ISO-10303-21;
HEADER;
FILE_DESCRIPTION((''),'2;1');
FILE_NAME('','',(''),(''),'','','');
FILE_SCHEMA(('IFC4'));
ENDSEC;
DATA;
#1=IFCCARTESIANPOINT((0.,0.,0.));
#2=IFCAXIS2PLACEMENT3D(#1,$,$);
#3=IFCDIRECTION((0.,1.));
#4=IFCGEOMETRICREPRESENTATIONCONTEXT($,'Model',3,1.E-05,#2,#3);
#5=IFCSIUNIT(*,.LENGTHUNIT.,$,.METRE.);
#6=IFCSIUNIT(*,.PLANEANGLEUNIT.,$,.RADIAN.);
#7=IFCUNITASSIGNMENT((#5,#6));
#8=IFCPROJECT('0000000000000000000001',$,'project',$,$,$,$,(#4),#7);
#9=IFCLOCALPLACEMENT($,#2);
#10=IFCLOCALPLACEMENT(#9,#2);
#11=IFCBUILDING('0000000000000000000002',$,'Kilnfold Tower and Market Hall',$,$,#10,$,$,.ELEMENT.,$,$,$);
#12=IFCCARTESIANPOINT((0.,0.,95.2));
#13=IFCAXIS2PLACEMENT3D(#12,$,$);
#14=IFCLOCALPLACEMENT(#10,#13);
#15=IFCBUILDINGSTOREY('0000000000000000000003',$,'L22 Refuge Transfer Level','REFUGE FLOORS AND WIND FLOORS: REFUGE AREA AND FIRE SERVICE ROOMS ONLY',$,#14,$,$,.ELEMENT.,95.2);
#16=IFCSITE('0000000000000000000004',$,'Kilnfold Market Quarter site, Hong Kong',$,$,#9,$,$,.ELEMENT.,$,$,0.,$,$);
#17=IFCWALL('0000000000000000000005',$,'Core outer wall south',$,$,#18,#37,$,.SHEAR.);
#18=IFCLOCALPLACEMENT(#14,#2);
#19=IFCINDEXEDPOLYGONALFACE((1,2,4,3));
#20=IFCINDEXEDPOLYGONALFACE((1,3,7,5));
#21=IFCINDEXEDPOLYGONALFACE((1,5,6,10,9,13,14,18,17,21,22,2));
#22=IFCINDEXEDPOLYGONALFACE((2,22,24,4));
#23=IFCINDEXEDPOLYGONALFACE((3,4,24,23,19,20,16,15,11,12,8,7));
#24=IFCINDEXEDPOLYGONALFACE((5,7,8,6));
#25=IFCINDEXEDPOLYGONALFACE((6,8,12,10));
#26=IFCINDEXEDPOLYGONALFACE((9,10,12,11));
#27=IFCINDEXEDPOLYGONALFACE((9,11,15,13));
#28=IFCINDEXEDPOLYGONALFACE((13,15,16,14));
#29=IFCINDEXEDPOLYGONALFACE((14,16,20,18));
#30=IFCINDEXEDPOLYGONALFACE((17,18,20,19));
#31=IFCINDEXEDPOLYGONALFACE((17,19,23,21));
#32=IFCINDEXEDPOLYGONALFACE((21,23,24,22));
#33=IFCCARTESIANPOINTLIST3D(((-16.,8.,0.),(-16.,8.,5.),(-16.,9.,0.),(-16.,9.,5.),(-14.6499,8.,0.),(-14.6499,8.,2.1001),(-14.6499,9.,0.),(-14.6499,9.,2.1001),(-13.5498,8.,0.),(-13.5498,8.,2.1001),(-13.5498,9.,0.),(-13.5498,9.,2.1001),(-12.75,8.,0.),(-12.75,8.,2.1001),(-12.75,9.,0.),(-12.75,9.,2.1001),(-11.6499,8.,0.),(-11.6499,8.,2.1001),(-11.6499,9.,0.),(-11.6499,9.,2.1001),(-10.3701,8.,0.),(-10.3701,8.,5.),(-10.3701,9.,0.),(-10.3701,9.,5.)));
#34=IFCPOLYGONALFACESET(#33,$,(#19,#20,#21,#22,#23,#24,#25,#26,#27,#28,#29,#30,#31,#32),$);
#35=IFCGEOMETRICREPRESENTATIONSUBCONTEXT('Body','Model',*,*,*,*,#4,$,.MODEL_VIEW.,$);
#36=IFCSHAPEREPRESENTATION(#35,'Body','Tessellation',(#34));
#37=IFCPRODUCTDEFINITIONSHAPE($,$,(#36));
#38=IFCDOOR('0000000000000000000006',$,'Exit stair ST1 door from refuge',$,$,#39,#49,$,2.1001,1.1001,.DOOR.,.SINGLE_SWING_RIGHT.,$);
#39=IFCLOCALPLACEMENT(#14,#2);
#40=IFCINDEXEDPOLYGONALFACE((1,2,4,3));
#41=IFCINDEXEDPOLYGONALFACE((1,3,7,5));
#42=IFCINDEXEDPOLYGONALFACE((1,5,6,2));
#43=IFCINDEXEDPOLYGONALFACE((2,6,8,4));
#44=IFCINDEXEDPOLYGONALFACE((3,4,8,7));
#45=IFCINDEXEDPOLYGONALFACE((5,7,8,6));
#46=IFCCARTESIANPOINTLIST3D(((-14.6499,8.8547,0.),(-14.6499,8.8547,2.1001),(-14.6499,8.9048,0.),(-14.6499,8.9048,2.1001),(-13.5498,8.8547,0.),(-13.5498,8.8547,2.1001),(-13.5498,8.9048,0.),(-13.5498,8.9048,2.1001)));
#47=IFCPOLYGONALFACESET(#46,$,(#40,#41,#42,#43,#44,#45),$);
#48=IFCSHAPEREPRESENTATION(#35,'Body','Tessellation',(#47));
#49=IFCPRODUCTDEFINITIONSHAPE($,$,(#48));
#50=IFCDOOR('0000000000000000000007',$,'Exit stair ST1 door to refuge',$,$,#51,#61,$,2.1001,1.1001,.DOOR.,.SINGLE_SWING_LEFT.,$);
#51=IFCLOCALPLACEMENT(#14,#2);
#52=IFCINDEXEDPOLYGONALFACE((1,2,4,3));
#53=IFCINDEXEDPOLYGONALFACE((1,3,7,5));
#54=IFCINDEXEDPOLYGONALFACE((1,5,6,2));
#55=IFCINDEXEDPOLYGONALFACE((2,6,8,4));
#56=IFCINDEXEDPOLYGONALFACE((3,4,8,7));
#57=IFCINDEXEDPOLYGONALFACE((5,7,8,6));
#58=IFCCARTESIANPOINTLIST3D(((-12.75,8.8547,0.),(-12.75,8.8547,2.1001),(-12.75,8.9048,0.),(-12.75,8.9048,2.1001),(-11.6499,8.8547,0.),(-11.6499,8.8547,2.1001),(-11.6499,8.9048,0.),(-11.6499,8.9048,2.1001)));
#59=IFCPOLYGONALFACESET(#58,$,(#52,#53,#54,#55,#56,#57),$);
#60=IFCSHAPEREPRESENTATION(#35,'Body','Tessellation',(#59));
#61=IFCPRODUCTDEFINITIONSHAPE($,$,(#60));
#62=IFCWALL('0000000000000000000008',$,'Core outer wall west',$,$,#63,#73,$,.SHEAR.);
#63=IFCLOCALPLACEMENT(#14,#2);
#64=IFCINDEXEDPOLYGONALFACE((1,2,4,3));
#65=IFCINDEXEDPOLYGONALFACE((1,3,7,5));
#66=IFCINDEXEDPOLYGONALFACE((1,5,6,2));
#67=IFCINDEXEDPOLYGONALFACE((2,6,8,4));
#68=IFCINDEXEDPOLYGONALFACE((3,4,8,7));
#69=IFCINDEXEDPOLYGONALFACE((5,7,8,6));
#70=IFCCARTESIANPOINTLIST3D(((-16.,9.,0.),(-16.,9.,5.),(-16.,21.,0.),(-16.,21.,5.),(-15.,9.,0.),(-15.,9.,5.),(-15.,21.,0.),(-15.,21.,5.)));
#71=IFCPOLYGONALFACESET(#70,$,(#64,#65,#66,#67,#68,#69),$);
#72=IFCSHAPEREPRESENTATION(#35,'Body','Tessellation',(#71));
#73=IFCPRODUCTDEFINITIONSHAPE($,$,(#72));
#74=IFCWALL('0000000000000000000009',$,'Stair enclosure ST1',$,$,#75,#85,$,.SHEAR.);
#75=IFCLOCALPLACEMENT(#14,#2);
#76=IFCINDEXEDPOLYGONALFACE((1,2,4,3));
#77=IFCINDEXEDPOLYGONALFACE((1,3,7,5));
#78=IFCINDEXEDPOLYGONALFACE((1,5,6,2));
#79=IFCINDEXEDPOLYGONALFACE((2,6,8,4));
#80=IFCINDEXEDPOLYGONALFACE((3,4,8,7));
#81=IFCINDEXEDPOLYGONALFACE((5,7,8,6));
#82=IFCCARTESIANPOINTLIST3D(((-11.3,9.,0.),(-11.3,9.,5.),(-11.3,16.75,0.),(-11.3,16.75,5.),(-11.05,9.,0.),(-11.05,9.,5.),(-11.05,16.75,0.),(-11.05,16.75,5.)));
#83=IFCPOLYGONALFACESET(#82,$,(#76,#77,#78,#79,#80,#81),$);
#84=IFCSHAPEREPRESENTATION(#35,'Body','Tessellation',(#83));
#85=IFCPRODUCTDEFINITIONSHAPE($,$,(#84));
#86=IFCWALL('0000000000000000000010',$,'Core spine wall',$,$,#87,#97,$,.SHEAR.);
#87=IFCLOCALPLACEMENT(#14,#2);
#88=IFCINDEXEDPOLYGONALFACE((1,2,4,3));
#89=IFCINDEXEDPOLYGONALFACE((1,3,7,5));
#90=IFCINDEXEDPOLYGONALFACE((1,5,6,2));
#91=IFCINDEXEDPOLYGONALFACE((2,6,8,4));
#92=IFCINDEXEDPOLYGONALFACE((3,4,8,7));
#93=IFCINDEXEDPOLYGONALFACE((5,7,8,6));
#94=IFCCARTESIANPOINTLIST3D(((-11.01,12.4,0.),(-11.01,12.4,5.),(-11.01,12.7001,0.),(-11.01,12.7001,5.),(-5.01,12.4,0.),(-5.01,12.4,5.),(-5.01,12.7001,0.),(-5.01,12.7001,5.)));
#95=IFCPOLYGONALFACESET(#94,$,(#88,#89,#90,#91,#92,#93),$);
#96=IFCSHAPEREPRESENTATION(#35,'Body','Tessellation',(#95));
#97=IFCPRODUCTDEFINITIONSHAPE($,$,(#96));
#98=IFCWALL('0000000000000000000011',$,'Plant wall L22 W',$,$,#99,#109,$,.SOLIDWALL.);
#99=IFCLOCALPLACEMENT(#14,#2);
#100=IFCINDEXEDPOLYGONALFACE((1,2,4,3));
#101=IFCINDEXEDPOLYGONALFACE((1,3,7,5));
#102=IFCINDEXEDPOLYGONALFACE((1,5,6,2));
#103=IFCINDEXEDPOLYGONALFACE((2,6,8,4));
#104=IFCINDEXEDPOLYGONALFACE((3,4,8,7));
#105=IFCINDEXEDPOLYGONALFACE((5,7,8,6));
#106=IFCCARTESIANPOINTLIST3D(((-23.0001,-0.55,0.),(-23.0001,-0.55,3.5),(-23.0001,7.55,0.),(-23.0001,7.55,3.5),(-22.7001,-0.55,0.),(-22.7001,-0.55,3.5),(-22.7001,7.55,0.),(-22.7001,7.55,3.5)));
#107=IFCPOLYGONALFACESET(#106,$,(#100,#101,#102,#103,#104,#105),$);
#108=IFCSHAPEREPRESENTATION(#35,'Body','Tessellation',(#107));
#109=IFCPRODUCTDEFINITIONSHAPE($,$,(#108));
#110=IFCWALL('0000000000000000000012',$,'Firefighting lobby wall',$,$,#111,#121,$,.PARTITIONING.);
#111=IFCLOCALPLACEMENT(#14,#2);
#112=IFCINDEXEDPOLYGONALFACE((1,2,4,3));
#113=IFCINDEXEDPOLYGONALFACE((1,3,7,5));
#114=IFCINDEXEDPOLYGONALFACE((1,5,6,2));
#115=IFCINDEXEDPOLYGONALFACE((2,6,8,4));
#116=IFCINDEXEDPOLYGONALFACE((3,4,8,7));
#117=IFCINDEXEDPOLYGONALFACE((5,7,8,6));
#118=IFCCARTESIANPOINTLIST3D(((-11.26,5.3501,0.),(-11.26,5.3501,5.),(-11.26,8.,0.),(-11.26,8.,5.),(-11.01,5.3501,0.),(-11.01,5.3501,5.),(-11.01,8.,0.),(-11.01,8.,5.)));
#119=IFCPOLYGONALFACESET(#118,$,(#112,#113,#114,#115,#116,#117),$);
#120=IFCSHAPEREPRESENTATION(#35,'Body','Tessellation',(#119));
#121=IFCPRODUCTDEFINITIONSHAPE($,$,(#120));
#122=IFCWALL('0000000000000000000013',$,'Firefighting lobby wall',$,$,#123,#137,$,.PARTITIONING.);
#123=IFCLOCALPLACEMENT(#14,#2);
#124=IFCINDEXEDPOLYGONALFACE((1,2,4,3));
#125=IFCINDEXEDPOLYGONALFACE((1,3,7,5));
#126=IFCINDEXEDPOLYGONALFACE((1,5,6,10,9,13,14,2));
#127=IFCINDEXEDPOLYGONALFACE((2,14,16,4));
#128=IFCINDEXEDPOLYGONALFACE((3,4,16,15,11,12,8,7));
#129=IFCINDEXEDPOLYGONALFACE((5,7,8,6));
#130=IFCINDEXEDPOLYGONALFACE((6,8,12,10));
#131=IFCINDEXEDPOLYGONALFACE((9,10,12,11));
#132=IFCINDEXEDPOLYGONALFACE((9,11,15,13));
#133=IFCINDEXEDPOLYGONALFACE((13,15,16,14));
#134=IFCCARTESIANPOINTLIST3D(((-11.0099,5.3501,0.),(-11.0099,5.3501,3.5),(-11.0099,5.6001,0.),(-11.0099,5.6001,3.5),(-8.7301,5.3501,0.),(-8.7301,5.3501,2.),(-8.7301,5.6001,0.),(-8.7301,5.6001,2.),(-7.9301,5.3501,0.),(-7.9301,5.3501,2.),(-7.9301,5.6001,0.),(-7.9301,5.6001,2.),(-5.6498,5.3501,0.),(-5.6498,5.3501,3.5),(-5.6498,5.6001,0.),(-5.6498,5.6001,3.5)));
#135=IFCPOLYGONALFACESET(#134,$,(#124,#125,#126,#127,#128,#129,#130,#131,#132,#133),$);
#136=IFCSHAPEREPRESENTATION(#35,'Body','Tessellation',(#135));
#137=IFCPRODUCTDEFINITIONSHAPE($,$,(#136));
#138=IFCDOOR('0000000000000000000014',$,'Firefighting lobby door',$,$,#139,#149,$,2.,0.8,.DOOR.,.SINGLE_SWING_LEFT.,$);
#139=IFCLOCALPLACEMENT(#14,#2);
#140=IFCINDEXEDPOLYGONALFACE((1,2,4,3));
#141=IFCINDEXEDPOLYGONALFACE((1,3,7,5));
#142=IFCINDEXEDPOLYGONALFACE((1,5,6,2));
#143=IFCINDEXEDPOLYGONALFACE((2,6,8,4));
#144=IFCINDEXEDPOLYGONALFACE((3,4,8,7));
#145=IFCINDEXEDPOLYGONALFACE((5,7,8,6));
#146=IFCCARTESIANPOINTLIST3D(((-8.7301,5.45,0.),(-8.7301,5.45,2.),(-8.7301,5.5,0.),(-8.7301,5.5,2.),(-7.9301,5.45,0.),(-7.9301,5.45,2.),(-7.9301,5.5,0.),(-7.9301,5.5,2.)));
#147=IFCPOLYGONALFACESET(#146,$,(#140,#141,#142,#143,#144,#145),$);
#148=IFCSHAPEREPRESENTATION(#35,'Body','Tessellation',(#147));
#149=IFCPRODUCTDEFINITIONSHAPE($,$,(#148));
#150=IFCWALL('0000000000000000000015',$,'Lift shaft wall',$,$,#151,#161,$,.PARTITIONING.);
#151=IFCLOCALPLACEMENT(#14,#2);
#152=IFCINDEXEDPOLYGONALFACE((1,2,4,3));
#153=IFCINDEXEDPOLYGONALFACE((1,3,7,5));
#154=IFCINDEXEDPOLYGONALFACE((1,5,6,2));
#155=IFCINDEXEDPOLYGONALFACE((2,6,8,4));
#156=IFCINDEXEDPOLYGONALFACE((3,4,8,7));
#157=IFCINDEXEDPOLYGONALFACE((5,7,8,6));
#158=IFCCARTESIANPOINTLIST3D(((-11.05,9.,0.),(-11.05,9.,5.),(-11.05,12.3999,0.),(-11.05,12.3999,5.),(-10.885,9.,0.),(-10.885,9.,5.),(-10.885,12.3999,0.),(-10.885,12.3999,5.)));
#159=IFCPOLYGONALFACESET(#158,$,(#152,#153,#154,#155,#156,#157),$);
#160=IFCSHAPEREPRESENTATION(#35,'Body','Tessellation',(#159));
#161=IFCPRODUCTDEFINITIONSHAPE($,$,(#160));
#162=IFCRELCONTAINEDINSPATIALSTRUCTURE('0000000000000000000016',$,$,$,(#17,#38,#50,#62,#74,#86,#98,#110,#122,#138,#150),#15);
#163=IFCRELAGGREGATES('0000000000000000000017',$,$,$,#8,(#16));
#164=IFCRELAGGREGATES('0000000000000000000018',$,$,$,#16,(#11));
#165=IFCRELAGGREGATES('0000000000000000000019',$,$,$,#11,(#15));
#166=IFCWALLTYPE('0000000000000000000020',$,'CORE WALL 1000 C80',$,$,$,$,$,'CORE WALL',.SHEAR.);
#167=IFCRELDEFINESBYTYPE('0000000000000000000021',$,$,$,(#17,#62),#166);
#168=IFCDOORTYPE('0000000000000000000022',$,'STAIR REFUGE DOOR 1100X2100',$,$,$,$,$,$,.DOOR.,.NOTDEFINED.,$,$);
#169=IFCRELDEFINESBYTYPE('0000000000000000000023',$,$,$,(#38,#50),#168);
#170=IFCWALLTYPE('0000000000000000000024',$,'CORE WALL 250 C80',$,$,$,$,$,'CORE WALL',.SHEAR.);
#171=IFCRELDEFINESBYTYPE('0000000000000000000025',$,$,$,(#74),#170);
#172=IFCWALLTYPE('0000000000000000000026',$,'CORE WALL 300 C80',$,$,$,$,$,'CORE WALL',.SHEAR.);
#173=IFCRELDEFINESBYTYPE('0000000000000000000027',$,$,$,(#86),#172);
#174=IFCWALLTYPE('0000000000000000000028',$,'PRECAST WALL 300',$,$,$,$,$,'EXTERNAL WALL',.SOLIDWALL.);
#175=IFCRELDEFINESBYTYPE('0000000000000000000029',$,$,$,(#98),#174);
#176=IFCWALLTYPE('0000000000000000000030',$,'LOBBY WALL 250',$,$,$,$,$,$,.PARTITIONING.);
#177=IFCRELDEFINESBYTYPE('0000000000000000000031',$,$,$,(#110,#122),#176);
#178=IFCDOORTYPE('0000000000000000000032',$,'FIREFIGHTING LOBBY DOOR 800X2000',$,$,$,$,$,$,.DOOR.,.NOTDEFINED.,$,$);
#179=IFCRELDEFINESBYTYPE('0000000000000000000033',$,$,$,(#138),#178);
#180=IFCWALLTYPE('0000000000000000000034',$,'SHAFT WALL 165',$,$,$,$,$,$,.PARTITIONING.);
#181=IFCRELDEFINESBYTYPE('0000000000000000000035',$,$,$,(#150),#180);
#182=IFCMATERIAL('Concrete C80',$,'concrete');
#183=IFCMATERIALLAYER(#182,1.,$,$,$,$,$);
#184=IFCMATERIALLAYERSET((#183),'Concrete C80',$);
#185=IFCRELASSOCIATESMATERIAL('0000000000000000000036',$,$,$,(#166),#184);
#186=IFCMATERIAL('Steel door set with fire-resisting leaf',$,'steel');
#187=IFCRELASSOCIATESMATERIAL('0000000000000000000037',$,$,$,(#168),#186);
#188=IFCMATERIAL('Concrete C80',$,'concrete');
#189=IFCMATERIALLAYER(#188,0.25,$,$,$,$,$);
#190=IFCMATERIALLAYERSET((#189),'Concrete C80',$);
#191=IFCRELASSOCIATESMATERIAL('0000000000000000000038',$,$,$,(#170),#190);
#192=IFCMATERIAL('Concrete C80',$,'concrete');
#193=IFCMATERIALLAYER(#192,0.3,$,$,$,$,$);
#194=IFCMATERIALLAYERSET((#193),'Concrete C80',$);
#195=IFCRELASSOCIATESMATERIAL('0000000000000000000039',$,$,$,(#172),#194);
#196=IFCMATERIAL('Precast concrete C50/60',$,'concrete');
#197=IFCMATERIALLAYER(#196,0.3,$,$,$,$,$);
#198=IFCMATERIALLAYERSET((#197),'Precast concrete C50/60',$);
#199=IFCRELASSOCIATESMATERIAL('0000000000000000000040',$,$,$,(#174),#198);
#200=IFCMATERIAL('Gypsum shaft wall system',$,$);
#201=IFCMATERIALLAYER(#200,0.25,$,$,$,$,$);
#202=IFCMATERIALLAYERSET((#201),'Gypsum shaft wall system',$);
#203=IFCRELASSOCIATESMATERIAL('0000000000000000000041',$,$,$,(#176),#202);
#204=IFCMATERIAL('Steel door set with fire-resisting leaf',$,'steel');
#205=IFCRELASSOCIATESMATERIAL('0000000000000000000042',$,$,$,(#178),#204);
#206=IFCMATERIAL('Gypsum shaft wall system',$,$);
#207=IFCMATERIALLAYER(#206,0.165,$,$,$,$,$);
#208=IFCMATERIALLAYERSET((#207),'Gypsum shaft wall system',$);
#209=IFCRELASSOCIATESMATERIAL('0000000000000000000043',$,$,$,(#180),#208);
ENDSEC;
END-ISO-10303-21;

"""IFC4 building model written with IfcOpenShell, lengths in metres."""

from ifc_helpers import new_model, si_unit, direction, frame, frame_2d, origin, place, context, subcontext, project, spatial, rectangle, extrude, source, transform, mapped, material, layer, layer_set, type_object, element, fill, save


model = new_model("IFC4")

# Units and contexts
model_context = context("Model", 3, precision=1e-05, world=origin(), true_north=direction((0.0, 1.0)))
body_context = subcontext(model_context, "Body", "Model", "MODEL_VIEW")
ifc_project = project(units=[si_unit("LENGTHUNIT", "METRE"), si_unit("PLANEANGLEUNIT", "RADIAN")], contexts=[model_context])

# Site, building, storey
site_placement = place(None, origin())
site = spatial("IfcSite", under=ifc_project, at=site_placement, Name="Kilnfold Market Quarter site, Hong Kong", CompositionType="ELEMENT", RefElevation=0.0)
building_placement = place(site_placement, origin())
building = spatial("IfcBuilding", under=site, at=building_placement, Name="Kilnfold Tower and Market Hall", CompositionType="ELEMENT")
storey_placement = place(building_placement, frame((0.0, 0.0, 95.2)))
storey = spatial("IfcBuildingStorey", under=building, at=storey_placement, Name="L22 Refuge Transfer Level", Description="REFUGE FLOORS AND WIND FLOORS: REFUGE AREA AND FIRE SERVICE ROOMS ONLY", CompositionType="ELEMENT", Elevation=95.2)

# Wall, openings, doors
ifc_material_1 = material(Name="Concrete C80", Category="concrete")
ifc_layer_1 = layer(ifc_material_1, 1.0)
ifc_layer_set_1 = layer_set([ifc_layer_1], Name="Concrete C80")
wall_type_1 = type_object("IfcWallType", Name="CORE WALL 1000 C80", ElementType="CORE WALL", PredefinedType="SHEAR", material=ifc_layer_set_1)
shared_shape_1 = source(origin(), body_context, "Body", "SweptSolid", [
    extrude(rectangle(XDim=5.6299, YDim=1.0, at=frame_2d((2.8149, 0.0))), origin(), (0.0, 0.0, 1.0), 5.0),
])
wall_1_placement = place(storey_placement, frame((-16.0, 8.5, 0.0), z_axis=(0.0, 0.0, 1.0), x_axis=(1.0, 0.0, 0.0)))
wall_1 = element("IfcWall", 1, at=wall_1_placement, inside=storey, type_object=wall_type_1, Name="Core outer wall south", PredefinedType="SHEAR", context=body_context, shape_type="MappedRepresentation", body=[
    mapped(shared_shape_1, transform((0.0, 0.0, 0.0))),
])
opening_1_placement = place(wall_1_placement, frame((1.3501, 0.0, 0.0)))
opening_1 = element("IfcOpeningElement", 2, at=opening_1_placement, cuts=wall_1, PredefinedType="OPENING", context=body_context, shape_type="SweptSolid", body=[
    extrude(rectangle(XDim=1.1001, YDim=2.1001, at=frame_2d((0.55, 1.05))), frame((0.0, 0.51, 0.0), z_axis=(0.0, -1.0, 0.0), x_axis=(1.0, 0.0, 0.0)), (0.0, 0.0, 1.0), 1.02),
])
opening_2_placement = place(wall_1_placement, frame((3.25, 0.0, 0.0)))
opening_2 = element("IfcOpeningElement", 3, at=opening_2_placement, cuts=wall_1, PredefinedType="OPENING", context=body_context, shape_type="SweptSolid", body=[
    extrude(rectangle(XDim=1.1001, YDim=2.1001, at=frame_2d((0.55, 1.05))), frame((0.0, 0.51, 0.0), z_axis=(0.0, -1.0, 0.0), x_axis=(1.0, 0.0, 0.0)), (0.0, 0.0, 1.0), 1.02),
])
ifc_material_2 = material(Name="Steel door set with fire-resisting leaf", Category="steel")
door_type_1 = type_object("IfcDoorType", Name="STAIR REFUGE DOOR 1100X2100", OperationType="NOTDEFINED", PredefinedType="DOOR", material=ifc_material_2)
door_1_placement = place(opening_1_placement, origin())
door_1 = element("IfcDoor", 4, at=door_1_placement, inside=storey, type_object=door_type_1, Name="Exit stair ST1 door from refuge", OperationType="SINGLE_SWING_RIGHT", OverallHeight=2.1001, OverallWidth=1.1001, PredefinedType="DOOR", context=body_context, shape_type="SweptSolid", body=[
    extrude(rectangle(XDim=1.1001, YDim=2.1001, at=frame_2d((0.55, 1.05))), frame((0.0, 0.4048, 0.0), z_axis=(0.0, -1.0, 0.0), x_axis=(1.0, 0.0, 0.0)), (0.0, 0.0, 1.0), 0.05),
])
fill(opening_1, door_1)
door_2_placement = place(opening_2_placement, origin())
door_2 = element("IfcDoor", 5, at=door_2_placement, inside=storey, type_object=door_type_1, Name="Exit stair ST1 door to refuge", OperationType="SINGLE_SWING_LEFT", OverallHeight=2.1001, OverallWidth=1.1001, PredefinedType="DOOR", context=body_context, shape_type="SweptSolid", body=[
    extrude(rectangle(XDim=1.1001, YDim=2.1001, at=frame_2d((0.55, 1.05))), frame((0.0, 0.4048, 0.0), z_axis=(0.0, -1.0, 0.0), x_axis=(1.0, 0.0, 0.0)), (0.0, 0.0, 1.0), 0.05),
])
fill(opening_2, door_2)

# Walls
shared_shape_2 = source(origin(), body_context, "Body", "SweptSolid", [
    extrude(rectangle(XDim=12.0, YDim=1.0, at=frame_2d((6.0, 0.0))), origin(), (0.0, 0.0, 1.0), 5.0),
])
wall_2_placement = place(storey_placement, frame((-15.5, 9.0, 0.0), z_axis=(0.0, 0.0, 1.0), x_axis=(0.0, 1.0, 0.0)))
element("IfcWall", 6, at=wall_2_placement, inside=storey, type_object=wall_type_1, Name="Core outer wall west", PredefinedType="SHEAR", context=body_context, shape_type="MappedRepresentation", body=[
    mapped(shared_shape_2, transform((0.0, 0.0, 0.0))),
])
ifc_material_3 = material(Name="Concrete C80", Category="concrete")
ifc_layer_2 = layer(ifc_material_3, 0.25)
ifc_layer_set_2 = layer_set([ifc_layer_2], Name="Concrete C80")
wall_type_2 = type_object("IfcWallType", Name="CORE WALL 250 C80", ElementType="CORE WALL", PredefinedType="SHEAR", material=ifc_layer_set_2)
shared_shape_3 = source(origin(), body_context, "Body", "SweptSolid", [
    extrude(rectangle(XDim=7.75, YDim=0.25, at=frame_2d((3.875, 0.0))), origin(), (0.0, 0.0, 1.0), 5.0),
])
wall_3_placement = place(storey_placement, frame((-11.175, 9.0, 0.0), z_axis=(0.0, 0.0, 1.0), x_axis=(0.0, 1.0, 0.0)))
element("IfcWall", 7, at=wall_3_placement, inside=storey, type_object=wall_type_2, Name="Stair enclosure ST1", PredefinedType="SHEAR", context=body_context, shape_type="MappedRepresentation", body=[
    mapped(shared_shape_3, transform((0.0, 0.0, 0.0))),
])
ifc_material_4 = material(Name="Concrete C80", Category="concrete")
ifc_layer_3 = layer(ifc_material_4, 0.3)
ifc_layer_set_3 = layer_set([ifc_layer_3], Name="Concrete C80")
wall_type_3 = type_object("IfcWallType", Name="CORE WALL 300 C80", ElementType="CORE WALL", PredefinedType="SHEAR", material=ifc_layer_set_3)
shared_shape_4 = source(origin(), body_context, "Body", "SweptSolid", [
    extrude(rectangle(XDim=6.0, YDim=0.3, at=frame_2d((3.0, 0.0))), origin(), (0.0, 0.0, 1.0), 5.0),
])
wall_4_placement = place(storey_placement, frame((-11.01, 12.55, 0.0), z_axis=(0.0, 0.0, 1.0), x_axis=(1.0, 0.0, 0.0)))
element("IfcWall", 8, at=wall_4_placement, inside=storey, type_object=wall_type_3, Name="Core spine wall", PredefinedType="SHEAR", context=body_context, shape_type="MappedRepresentation", body=[
    mapped(shared_shape_4, transform((0.0, 0.0, 0.0))),
])
ifc_material_5 = material(Name="Precast concrete C50/60", Category="concrete")
ifc_layer_4 = layer(ifc_material_5, 0.3)
ifc_layer_set_4 = layer_set([ifc_layer_4], Name="Precast concrete C50/60")
wall_type_4 = type_object("IfcWallType", Name="PRECAST WALL 300", ElementType="EXTERNAL WALL", PredefinedType="SOLIDWALL", material=ifc_layer_set_4)
shared_shape_5 = source(origin(), body_context, "Body", "SweptSolid", [
    extrude(rectangle(XDim=8.1001, YDim=0.3, at=frame_2d((4.05, 0.0))), origin(), (0.0, 0.0, 1.0), 3.5),
])
wall_5_placement = place(storey_placement, frame((-22.8501, 7.55, 0.0), z_axis=(0.0, 0.0, 1.0), x_axis=(0.0, -1.0, 0.0)))
element("IfcWall", 9, at=wall_5_placement, inside=storey, type_object=wall_type_4, Name="Plant wall L22 W", PredefinedType="SOLIDWALL", context=body_context, shape_type="MappedRepresentation", body=[
    mapped(shared_shape_5, transform((0.0, 0.0, 0.0))),
])
ifc_material_6 = material(Name="Gypsum shaft wall system")
ifc_layer_5 = layer(ifc_material_6, 0.25)
ifc_layer_set_5 = layer_set([ifc_layer_5], Name="Gypsum shaft wall system")
wall_type_5 = type_object("IfcWallType", Name="LOBBY WALL 250", PredefinedType="PARTITIONING", material=ifc_layer_set_5)
shared_shape_6 = source(origin(), body_context, "Body", "SweptSolid", [
    extrude(rectangle(XDim=2.6499, YDim=0.25, at=frame_2d((1.325, 0.0))), origin(), (0.0, 0.0, 1.0), 5.0),
])
wall_6_placement = place(storey_placement, frame((-11.135, 5.3501, 0.0), z_axis=(0.0, 0.0, 1.0), x_axis=(0.0, 1.0, 0.0)))
element("IfcWall", 10, at=wall_6_placement, inside=storey, type_object=wall_type_5, Name="Firefighting lobby wall", PredefinedType="PARTITIONING", context=body_context, shape_type="MappedRepresentation", body=[
    mapped(shared_shape_6, transform((0.0, 0.0, 0.0))),
])

# Wall, opening, door
shared_shape_7 = source(origin(), body_context, "Body", "SweptSolid", [
    extrude(rectangle(XDim=5.3601, YDim=0.25, at=frame_2d((2.6802, 0.0))), origin(), (0.0, 0.0, 1.0), 3.5),
])
wall_7_placement = place(storey_placement, frame((-11.01, 5.4751, 0.0), z_axis=(0.0, 0.0, 1.0), x_axis=(1.0, 0.0, 0.0)))
wall_7 = element("IfcWall", 11, at=wall_7_placement, inside=storey, type_object=wall_type_5, Name="Firefighting lobby wall", PredefinedType="PARTITIONING", context=body_context, shape_type="MappedRepresentation", body=[
    mapped(shared_shape_7, transform((0.0, 0.0, 0.0))),
])
opening_3_placement = place(wall_7_placement, frame((2.28, 0.0, 0.0)))
opening_3 = element("IfcOpeningElement", 12, at=opening_3_placement, cuts=wall_7, PredefinedType="OPENING", context=body_context, shape_type="SweptSolid", body=[
    extrude(rectangle(XDim=0.8, YDim=2.0, at=frame_2d((0.3999, 1.0))), frame((0.0, 0.135, 0.0), z_axis=(0.0, -1.0, 0.0), x_axis=(1.0, 0.0, 0.0)), (0.0, 0.0, 1.0), 0.27),
])
ifc_material_7 = material(Name="Steel door set with fire-resisting leaf", Category="steel")
door_type_2 = type_object("IfcDoorType", Name="FIREFIGHTING LOBBY DOOR 800X2000", OperationType="NOTDEFINED", PredefinedType="DOOR", material=ifc_material_7)
door_3_placement = place(opening_3_placement, origin())
door_3 = element("IfcDoor", 13, at=door_3_placement, inside=storey, type_object=door_type_2, Name="Firefighting lobby door", OperationType="SINGLE_SWING_LEFT", OverallHeight=2.0, OverallWidth=0.8, PredefinedType="DOOR", context=body_context, shape_type="SweptSolid", body=[
    extrude(rectangle(XDim=0.8, YDim=2.0, at=frame_2d((0.3999, 1.0))), frame((0.0, 0.0249, 0.0), z_axis=(0.0, -1.0, 0.0), x_axis=(1.0, 0.0, 0.0)), (0.0, 0.0, 1.0), 0.05),
])
fill(opening_3, door_3)

# Wall
ifc_material_8 = material(Name="Gypsum shaft wall system")
ifc_layer_6 = layer(ifc_material_8, 0.165)
ifc_layer_set_6 = layer_set([ifc_layer_6], Name="Gypsum shaft wall system")
wall_type_6 = type_object("IfcWallType", Name="SHAFT WALL 165", PredefinedType="PARTITIONING", material=ifc_layer_set_6)
shared_shape_8 = source(origin(), body_context, "Body", "SweptSolid", [
    extrude(rectangle(XDim=3.3999, YDim=0.165, at=frame_2d((1.7, 0.0))), origin(), (0.0, 0.0, 1.0), 5.0),
])
wall_8_placement = place(storey_placement, frame((-10.9675, 9.0, 0.0), z_axis=(0.0, 0.0, 1.0), x_axis=(0.0, 1.0, 0.0)))
element("IfcWall", 14, at=wall_8_placement, inside=storey, type_object=wall_type_6, Name="Lift shaft wall", PredefinedType="PARTITIONING", context=body_context, shape_type="MappedRepresentation", body=[
    mapped(shared_shape_8, transform((0.0, 0.0, 0.0))),
])

save(model, "model.ifc")
